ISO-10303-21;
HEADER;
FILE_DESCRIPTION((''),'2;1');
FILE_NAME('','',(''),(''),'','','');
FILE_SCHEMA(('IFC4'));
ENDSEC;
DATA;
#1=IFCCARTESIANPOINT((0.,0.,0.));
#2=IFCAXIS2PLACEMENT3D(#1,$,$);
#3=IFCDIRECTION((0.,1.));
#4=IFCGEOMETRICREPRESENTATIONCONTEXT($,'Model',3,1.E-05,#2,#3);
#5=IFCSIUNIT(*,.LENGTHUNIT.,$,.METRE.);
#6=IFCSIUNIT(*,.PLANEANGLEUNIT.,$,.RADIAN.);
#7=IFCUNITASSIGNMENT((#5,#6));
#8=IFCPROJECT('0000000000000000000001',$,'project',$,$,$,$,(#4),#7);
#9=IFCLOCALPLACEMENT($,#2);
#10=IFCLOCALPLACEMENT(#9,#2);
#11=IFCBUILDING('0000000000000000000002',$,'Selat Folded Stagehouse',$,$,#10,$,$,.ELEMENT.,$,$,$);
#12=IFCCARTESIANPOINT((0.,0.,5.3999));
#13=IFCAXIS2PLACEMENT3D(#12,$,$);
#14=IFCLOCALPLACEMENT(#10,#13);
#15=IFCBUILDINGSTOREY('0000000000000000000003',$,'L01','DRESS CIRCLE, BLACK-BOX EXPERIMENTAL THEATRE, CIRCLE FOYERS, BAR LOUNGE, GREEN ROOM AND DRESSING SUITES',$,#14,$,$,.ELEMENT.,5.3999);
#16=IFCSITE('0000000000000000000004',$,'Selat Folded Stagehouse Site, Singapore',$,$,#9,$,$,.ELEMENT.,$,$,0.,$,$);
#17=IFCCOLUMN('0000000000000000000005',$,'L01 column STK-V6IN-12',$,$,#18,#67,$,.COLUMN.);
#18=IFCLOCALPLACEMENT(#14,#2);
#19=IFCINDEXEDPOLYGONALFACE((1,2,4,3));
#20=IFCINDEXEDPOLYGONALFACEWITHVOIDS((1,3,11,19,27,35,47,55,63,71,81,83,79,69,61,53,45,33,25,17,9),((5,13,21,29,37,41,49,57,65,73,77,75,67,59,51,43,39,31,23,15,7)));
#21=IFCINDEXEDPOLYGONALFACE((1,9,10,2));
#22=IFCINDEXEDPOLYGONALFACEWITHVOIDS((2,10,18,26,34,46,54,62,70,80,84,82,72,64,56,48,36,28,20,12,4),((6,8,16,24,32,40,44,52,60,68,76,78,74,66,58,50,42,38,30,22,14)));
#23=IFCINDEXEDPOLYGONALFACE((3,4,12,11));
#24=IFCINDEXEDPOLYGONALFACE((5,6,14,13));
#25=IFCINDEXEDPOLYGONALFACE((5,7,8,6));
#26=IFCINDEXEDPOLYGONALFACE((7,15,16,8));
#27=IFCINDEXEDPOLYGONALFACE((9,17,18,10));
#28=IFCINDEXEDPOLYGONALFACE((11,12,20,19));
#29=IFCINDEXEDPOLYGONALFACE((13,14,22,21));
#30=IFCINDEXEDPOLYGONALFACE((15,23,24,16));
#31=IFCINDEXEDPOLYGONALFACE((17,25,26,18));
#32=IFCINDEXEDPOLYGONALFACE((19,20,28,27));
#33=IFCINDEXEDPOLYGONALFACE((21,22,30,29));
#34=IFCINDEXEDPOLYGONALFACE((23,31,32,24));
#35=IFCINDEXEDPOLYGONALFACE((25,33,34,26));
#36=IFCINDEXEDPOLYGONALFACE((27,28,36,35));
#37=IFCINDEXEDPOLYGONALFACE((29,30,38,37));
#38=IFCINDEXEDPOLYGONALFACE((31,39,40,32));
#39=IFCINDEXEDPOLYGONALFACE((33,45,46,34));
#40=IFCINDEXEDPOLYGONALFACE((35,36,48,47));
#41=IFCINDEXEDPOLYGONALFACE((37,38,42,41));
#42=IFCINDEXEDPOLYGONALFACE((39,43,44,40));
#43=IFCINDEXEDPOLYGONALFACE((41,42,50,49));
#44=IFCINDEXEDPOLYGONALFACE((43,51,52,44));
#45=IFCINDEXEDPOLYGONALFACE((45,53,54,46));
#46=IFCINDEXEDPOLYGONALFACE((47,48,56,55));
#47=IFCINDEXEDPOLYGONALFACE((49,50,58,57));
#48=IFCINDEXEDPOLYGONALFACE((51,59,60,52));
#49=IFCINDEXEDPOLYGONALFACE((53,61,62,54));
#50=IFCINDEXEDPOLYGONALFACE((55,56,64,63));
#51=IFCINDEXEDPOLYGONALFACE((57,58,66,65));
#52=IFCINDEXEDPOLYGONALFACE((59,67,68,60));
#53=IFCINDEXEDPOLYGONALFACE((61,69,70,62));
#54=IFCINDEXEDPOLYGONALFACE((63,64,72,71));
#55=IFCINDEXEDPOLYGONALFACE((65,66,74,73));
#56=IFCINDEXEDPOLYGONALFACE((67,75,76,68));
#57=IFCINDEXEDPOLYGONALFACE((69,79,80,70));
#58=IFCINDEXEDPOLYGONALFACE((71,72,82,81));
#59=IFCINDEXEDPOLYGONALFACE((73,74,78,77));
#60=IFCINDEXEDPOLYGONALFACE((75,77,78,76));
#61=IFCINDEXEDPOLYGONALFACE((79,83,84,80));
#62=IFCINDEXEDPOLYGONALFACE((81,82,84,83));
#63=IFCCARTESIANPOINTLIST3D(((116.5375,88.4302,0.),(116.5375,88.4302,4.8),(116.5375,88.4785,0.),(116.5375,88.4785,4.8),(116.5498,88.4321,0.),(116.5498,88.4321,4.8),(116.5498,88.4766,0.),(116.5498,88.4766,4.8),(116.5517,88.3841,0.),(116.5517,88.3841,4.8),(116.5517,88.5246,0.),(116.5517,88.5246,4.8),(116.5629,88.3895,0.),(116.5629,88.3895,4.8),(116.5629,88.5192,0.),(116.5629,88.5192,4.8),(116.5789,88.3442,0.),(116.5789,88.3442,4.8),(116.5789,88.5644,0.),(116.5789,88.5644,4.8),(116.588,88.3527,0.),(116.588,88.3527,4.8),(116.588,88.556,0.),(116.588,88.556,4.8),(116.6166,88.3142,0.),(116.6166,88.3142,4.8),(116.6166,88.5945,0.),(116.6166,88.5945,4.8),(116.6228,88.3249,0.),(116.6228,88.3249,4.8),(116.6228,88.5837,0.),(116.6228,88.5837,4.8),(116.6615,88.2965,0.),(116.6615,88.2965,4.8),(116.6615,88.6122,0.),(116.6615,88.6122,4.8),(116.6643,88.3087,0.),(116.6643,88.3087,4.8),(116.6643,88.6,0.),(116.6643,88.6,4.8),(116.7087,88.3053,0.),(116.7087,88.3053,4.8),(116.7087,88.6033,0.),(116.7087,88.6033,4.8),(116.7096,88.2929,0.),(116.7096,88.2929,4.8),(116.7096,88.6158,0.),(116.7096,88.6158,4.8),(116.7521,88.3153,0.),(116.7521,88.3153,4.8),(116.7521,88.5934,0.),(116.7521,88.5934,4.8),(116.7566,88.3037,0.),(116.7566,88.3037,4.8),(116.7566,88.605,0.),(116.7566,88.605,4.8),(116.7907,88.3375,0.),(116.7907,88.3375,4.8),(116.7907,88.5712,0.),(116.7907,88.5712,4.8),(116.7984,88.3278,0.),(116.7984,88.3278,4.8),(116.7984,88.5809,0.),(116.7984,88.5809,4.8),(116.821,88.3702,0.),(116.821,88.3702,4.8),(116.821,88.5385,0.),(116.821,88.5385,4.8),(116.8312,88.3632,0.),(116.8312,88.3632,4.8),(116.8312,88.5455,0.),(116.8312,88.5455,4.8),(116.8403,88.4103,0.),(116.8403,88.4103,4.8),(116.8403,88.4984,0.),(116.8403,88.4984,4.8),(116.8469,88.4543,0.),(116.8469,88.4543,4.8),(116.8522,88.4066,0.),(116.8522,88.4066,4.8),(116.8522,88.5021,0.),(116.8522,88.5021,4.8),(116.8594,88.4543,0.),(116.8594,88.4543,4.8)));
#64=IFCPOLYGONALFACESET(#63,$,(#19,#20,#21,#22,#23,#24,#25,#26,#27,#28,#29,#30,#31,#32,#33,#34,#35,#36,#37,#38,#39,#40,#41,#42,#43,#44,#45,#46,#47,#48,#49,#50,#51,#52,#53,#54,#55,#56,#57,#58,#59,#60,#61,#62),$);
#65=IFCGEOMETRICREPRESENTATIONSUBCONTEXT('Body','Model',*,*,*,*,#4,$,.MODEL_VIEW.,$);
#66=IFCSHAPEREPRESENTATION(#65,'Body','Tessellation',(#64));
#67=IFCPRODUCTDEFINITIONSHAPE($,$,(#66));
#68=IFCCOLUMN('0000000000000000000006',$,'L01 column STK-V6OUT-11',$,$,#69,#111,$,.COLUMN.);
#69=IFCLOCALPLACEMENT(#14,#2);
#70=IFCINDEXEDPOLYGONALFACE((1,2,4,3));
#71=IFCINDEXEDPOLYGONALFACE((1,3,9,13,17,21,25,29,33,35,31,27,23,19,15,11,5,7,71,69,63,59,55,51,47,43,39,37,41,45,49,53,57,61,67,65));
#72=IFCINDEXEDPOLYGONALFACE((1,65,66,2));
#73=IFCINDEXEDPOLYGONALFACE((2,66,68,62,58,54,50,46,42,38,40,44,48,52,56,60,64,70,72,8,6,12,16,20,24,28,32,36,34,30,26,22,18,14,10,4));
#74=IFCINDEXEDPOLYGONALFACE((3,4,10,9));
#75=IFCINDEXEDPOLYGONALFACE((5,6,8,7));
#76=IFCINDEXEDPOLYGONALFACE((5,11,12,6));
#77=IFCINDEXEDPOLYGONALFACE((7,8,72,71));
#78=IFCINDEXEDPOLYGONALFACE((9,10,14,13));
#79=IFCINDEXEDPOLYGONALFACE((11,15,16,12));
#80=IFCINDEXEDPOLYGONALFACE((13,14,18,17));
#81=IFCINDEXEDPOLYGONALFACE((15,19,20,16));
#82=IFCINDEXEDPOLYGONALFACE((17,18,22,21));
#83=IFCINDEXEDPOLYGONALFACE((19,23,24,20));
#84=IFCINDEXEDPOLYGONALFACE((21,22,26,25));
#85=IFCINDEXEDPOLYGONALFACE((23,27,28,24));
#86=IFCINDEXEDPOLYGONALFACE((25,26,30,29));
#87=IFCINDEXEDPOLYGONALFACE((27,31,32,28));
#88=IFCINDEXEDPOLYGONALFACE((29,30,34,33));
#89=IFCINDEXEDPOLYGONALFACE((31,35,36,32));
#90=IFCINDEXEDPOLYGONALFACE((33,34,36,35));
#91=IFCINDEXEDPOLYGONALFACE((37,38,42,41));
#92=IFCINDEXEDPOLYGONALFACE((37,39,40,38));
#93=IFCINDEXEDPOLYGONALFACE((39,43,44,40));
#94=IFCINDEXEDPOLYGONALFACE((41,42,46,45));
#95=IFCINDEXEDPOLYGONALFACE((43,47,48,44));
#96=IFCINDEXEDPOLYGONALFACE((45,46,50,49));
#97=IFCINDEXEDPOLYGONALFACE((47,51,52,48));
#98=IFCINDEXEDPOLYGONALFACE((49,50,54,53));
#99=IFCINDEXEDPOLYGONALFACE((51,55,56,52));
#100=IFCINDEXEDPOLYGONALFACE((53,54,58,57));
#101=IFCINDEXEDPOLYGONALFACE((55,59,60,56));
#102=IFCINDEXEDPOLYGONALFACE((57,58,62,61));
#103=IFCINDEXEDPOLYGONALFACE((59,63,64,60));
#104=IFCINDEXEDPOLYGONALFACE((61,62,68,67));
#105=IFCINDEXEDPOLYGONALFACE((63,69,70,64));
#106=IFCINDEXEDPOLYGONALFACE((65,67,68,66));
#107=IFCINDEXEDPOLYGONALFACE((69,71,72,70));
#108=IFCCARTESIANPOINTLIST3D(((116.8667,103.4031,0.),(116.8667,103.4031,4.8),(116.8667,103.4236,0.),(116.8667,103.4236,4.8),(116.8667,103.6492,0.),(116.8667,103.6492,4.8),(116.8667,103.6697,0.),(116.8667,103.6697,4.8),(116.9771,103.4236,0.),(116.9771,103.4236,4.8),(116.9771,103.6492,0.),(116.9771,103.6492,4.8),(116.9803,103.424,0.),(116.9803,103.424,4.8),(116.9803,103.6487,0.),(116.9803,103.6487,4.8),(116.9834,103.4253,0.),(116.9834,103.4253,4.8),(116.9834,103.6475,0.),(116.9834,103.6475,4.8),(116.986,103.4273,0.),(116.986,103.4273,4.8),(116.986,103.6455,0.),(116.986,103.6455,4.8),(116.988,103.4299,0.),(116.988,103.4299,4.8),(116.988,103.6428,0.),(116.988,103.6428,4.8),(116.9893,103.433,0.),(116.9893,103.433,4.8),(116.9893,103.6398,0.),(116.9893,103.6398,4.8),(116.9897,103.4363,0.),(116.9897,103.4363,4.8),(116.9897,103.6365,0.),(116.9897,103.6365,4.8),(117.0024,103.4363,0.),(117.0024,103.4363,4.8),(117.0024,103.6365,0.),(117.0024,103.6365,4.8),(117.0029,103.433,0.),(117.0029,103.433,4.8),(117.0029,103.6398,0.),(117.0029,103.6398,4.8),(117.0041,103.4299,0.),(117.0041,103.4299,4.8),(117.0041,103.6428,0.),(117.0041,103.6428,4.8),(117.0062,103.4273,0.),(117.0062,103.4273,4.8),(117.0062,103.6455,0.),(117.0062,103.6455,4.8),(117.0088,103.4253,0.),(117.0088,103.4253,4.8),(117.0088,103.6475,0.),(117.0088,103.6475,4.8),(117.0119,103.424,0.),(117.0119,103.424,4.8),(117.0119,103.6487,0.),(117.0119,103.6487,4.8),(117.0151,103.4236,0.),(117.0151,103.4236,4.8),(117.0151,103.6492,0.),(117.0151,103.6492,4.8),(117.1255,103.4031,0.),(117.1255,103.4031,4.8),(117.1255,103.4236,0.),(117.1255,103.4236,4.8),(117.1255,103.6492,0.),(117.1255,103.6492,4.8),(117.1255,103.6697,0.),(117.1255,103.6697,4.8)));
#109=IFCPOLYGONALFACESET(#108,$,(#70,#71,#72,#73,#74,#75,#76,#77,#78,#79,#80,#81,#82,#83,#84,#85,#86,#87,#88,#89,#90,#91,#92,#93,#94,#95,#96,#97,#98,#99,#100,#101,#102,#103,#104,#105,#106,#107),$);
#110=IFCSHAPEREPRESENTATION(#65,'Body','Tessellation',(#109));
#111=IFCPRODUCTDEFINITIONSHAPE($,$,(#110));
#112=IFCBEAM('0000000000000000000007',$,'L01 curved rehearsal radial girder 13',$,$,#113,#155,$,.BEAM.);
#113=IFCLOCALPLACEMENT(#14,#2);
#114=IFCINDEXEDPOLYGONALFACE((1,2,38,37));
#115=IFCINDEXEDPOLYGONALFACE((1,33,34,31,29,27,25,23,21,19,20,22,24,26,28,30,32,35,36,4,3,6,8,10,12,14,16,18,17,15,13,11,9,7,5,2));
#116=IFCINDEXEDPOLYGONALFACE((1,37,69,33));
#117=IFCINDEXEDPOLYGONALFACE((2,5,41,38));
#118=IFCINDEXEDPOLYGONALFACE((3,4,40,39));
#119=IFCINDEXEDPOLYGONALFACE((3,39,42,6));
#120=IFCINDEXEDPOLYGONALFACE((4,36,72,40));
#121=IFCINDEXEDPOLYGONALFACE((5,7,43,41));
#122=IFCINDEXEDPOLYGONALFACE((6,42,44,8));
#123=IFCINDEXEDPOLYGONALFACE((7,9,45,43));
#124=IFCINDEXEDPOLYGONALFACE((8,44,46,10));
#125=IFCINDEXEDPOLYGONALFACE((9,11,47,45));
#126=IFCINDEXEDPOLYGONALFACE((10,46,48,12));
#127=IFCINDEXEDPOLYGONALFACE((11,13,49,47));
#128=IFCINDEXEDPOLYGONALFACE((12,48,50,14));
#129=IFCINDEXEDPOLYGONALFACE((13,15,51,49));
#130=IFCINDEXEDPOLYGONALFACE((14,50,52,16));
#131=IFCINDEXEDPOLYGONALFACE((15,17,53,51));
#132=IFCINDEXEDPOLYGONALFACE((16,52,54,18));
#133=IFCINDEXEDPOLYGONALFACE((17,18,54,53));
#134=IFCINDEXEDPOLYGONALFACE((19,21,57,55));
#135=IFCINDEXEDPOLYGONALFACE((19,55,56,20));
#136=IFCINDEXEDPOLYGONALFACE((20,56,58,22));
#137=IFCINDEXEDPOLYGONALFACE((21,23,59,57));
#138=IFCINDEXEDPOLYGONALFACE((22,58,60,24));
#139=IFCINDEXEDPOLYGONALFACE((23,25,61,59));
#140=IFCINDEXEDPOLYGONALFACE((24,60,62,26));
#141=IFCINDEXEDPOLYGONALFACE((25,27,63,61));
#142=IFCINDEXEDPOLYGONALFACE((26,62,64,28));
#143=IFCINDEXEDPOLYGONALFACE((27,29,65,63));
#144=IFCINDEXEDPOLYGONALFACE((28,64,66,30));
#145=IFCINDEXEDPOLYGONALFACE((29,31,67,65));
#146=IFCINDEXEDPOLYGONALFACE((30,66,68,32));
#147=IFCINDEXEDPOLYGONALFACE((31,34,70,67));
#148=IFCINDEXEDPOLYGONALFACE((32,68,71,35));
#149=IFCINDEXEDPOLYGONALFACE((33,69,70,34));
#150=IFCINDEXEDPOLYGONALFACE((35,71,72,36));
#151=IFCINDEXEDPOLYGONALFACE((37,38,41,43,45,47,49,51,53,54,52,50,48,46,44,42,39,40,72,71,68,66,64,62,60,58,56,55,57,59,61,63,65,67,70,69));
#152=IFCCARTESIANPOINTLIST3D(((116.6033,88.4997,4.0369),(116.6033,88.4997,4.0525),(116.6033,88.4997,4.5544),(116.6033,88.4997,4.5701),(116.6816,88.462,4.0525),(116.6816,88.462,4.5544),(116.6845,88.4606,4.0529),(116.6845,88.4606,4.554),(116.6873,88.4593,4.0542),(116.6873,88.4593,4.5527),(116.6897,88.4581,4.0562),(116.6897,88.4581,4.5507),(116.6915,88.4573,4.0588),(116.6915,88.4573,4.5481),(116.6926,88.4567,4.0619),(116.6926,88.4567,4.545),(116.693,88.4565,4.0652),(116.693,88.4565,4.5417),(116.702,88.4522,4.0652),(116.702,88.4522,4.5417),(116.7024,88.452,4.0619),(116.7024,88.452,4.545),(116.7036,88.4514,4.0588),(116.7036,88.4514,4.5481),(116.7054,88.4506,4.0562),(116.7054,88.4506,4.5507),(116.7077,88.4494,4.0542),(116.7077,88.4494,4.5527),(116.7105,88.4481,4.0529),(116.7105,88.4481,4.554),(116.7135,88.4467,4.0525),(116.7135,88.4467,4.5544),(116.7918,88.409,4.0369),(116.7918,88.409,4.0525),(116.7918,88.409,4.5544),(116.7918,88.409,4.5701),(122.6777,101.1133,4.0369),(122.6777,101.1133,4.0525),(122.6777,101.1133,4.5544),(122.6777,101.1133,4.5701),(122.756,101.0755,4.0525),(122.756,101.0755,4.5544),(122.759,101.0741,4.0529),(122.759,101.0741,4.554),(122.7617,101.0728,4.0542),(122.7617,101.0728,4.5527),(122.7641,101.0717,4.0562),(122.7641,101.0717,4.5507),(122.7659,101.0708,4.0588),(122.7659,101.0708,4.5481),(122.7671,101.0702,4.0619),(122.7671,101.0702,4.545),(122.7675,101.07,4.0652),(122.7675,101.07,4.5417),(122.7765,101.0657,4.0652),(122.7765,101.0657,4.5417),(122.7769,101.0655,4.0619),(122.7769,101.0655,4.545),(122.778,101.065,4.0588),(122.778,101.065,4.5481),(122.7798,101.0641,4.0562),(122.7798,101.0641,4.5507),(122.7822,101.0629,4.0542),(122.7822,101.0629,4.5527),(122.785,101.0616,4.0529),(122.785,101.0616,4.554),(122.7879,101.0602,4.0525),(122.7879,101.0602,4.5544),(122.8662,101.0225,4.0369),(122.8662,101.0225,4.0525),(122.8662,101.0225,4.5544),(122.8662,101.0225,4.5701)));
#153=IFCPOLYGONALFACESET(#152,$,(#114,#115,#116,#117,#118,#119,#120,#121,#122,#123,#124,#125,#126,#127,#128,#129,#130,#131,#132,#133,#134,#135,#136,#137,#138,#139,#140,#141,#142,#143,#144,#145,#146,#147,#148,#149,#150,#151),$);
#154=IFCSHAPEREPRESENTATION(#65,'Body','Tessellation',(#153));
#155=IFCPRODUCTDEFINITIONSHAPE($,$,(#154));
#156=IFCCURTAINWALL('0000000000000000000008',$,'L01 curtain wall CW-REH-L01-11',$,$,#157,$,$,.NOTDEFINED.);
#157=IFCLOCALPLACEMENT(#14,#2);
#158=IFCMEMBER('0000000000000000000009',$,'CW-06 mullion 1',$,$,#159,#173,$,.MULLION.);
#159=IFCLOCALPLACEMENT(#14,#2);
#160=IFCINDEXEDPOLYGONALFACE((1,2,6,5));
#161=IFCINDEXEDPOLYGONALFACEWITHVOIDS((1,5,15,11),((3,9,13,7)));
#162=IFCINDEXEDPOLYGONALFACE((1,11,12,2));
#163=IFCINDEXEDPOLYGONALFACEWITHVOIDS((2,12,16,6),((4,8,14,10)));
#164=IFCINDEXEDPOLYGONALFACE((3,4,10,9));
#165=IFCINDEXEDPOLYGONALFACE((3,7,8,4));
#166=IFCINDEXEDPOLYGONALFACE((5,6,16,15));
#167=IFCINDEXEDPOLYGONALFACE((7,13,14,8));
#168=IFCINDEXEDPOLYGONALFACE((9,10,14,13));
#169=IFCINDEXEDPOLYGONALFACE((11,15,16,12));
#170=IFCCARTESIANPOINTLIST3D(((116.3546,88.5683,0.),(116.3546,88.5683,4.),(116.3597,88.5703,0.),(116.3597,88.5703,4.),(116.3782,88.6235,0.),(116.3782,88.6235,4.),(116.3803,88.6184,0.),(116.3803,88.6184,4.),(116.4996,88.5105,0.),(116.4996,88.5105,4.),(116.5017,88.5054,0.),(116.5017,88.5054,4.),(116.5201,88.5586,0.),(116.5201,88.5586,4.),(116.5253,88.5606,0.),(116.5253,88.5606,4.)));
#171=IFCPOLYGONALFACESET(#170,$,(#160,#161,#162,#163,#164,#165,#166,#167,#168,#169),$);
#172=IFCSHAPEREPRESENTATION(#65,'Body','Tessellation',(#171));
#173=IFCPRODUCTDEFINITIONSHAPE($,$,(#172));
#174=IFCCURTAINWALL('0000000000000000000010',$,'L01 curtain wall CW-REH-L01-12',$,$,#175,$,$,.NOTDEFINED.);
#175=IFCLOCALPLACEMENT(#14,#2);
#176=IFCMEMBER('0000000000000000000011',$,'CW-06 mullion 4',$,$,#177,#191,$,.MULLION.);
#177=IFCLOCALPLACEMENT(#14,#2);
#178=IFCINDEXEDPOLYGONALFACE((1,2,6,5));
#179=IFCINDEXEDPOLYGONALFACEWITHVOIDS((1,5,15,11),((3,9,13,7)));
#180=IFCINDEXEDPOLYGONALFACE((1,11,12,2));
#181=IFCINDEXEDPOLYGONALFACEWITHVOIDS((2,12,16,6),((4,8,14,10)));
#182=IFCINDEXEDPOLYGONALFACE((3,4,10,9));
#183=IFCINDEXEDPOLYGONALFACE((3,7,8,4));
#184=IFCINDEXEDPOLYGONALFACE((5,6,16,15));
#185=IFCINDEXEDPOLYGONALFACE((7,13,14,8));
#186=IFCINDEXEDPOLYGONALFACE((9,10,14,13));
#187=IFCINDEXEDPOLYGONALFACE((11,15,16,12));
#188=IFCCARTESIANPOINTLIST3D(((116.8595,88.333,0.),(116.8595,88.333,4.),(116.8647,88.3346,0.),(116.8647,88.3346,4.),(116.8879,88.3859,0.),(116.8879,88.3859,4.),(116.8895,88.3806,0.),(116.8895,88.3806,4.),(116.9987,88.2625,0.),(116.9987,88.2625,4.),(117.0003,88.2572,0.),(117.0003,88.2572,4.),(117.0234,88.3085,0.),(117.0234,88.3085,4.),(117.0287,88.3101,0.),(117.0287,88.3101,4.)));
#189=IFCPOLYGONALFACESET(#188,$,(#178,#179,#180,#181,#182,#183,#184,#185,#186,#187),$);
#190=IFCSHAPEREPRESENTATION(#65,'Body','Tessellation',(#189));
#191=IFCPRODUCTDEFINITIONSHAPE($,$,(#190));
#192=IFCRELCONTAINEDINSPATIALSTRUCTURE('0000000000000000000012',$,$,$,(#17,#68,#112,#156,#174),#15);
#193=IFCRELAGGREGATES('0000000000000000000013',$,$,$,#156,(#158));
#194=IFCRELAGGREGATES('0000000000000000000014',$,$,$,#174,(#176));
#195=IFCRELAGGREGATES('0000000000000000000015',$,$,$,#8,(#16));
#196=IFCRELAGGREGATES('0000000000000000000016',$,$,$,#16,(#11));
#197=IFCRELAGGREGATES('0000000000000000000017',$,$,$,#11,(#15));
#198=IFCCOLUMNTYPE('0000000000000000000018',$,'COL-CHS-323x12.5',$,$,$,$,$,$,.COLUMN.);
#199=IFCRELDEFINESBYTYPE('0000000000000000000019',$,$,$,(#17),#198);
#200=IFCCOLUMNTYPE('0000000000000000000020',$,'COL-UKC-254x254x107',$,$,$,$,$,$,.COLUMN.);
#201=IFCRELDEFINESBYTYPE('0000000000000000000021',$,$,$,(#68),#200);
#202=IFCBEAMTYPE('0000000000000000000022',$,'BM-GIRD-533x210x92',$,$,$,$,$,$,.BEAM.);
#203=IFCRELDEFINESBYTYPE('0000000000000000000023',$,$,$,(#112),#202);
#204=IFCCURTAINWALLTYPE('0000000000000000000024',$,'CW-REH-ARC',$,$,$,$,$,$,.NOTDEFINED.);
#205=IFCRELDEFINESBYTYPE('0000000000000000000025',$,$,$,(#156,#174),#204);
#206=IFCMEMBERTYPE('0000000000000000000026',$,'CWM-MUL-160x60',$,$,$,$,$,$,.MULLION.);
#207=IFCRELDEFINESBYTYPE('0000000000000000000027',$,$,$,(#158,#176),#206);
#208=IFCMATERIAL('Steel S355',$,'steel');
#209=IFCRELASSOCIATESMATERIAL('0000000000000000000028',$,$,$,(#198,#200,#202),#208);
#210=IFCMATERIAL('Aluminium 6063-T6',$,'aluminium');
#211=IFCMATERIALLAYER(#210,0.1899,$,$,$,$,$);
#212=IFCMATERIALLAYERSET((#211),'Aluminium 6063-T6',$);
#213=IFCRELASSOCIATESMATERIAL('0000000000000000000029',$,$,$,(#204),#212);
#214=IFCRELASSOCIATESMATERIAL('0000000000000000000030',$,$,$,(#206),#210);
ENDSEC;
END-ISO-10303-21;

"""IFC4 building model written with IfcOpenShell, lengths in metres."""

from ifc_helpers import new_model, si_unit, direction, frame, origin, origin_2d, place, context, subcontext, project, spatial, hollow_rectangle, hollow_circle, i_section, extrude, material, layer, layer_set, material_profile, profile_set, type_object, element, aggregate, save


model = new_model("IFC4")

# Units and contexts
model_context = context("Model", 3, precision=1e-05, world=origin(), true_north=direction((0.0, 1.0)))
body_context = subcontext(model_context, "Body", "Model", "MODEL_VIEW")
ifc_project = project(units=[si_unit("LENGTHUNIT", "METRE"), si_unit("PLANEANGLEUNIT", "RADIAN")], contexts=[model_context])

# Site, building, storey
site_placement = place(None, origin())
site = spatial("IfcSite", under=ifc_project, at=site_placement, Name="Selat Folded Stagehouse Site, Singapore", CompositionType="ELEMENT", RefElevation=0.0)
building_placement = place(site_placement, origin())
building = spatial("IfcBuilding", under=site, at=building_placement, Name="Selat Folded Stagehouse", CompositionType="ELEMENT")
storey_placement = place(building_placement, frame((0.0, 0.0, 5.3999)))
storey = spatial("IfcBuildingStorey", under=building, at=storey_placement, Name="L01", Description="DRESS CIRCLE, BLACK-BOX EXPERIMENTAL THEATRE, CIRCLE FOYERS, BAR LOUNGE, GREEN ROOM AND DRESSING SUITES", CompositionType="ELEMENT", Elevation=5.3999)

# Columns
ifc_material_1 = material(Name="Steel S355", Category="steel")
ifc_material_profile_1 = material_profile(ifc_material_1, hollow_circle(Radius=0.1619, WallThickness=0.0125, at=origin_2d()), Name="CHS 323.9x12.5")
ifc_profile_set_1 = profile_set([ifc_material_profile_1], Name="Steel S355")
column_type_1 = type_object("IfcColumnType", Name="COL-CHS-323x12.5", PredefinedType="COLUMN", material=ifc_profile_set_1)
column_1_placement = place(storey_placement, frame((116.6975, 88.4543, 0.0), z_axis=(0.0, 0.0, 1.0), x_axis=(1.0, 0.0, 0.0)))
element("IfcColumn", 1, at=column_1_placement, inside=storey, type_object=column_type_1, Name="L01 column STK-V6IN-12", PredefinedType="COLUMN", context=body_context, shape_type="SweptSolid", body=[
    extrude(hollow_circle(Radius=0.1619, WallThickness=0.0125, at=origin_2d()), origin(), (0.0, 0.0, 1.0), 4.8),
])
ifc_material_profile_2 = material_profile(ifc_material_1, i_section(OverallWidth=0.2588, OverallDepth=0.2666, WebThickness=0.0127, FlangeThickness=0.0205, FilletRadius=0.0127, at=origin_2d()), Name="UKC 254x254x107")
ifc_profile_set_2 = profile_set([ifc_material_profile_2], Name="Steel S355")
column_type_2 = type_object("IfcColumnType", Name="COL-UKC-254x254x107", PredefinedType="COLUMN", material=ifc_profile_set_2)
column_2_placement = place(storey_placement, frame((116.9961, 103.5364, 0.0), z_axis=(0.0, 0.0, 1.0), x_axis=(1.0, 0.0, 0.0)))
element("IfcColumn", 2, at=column_2_placement, inside=storey, type_object=column_type_2, Name="L01 column STK-V6OUT-11", PredefinedType="COLUMN", context=body_context, shape_type="SweptSolid", body=[
    extrude(i_section(OverallWidth=0.2588, OverallDepth=0.2666, WebThickness=0.0127, FlangeThickness=0.0205, FilletRadius=0.0127, at=origin_2d()), origin(), (0.0, 0.0, 1.0), 4.8),
])

# Beam
ifc_material_profile_3 = material_profile(ifc_material_1, i_section(OverallWidth=0.2092, OverallDepth=0.5332, WebThickness=0.01, FlangeThickness=0.0156, FilletRadius=0.0127, at=origin_2d()), Name="UKB 533x210x92")
ifc_profile_set_3 = profile_set([ifc_material_profile_3], Name="Steel S355")
beam_type_1 = type_object("IfcBeamType", Name="BM-GIRD-533x210x92", PredefinedType="BEAM", material=ifc_profile_set_3)
beam_1_placement = place(storey_placement, frame((116.6975, 88.4543, 4.3035), z_axis=(0.43389, 0.900966, 0.0), x_axis=(-0.900966, 0.43389, 0.0)))
element("IfcBeam", 3, at=beam_1_placement, inside=storey, type_object=beam_type_1, Name="L01 curved rehearsal radial girder 13", PredefinedType="BEAM", context=body_context, shape_type="SweptSolid", body=[
    extrude(i_section(OverallWidth=0.2092, OverallDepth=0.5332, WebThickness=0.01, FlangeThickness=0.0156, FilletRadius=0.0127, at=origin_2d()), origin(), (0.0, 0.0, 1.0), 14.0),
])

# Curtain walls, members
ifc_material_2 = material(Name="Aluminium 6063-T6", Category="aluminium")
ifc_layer_1 = layer(ifc_material_2, 0.1899)
ifc_layer_set_1 = layer_set([ifc_layer_1], Name="Aluminium 6063-T6")
curtain_wall_type = type_object("IfcCurtainWallType", Name="CW-REH-ARC", PredefinedType="NOTDEFINED", material=ifc_layer_set_1)
curtain_wall_1_placement = place(storey_placement, origin())
curtain_wall_1 = element("IfcCurtainWall", 4, at=curtain_wall_1_placement, inside=storey, type_object=curtain_wall_type, Name="L01 curtain wall CW-REH-L01-11", PredefinedType="NOTDEFINED")
ifc_material_profile_4 = material_profile(ifc_material_2, hollow_rectangle(XDim=0.0601, YDim=0.1599, WallThickness=0.0039, at=origin_2d()), Name="ALU 160x60x4.0")
ifc_profile_set_4 = profile_set([ifc_material_profile_4], Name="Aluminium 6063-T6")
member_type_1 = type_object("IfcMemberType", Name="CWM-MUL-160x60", PredefinedType="MULLION", material=ifc_profile_set_4)
member_1_placement = place(storey_placement, frame((116.4399, 88.5645, 0.0), z_axis=(0.0, 0.0, 1.0), x_axis=(-0.393012, -0.919533, 0.0)))
member_1 = element("IfcMember", 5, at=member_1_placement, type_object=member_type_1, Name="CW-06 mullion 1", PredefinedType="MULLION", context=body_context, shape_type="SweptSolid", body=[
    extrude(hollow_rectangle(XDim=0.0601, YDim=0.1599, WallThickness=0.0039, at=origin_2d()), origin(), (0.0, 0.0, 1.0), 4.0),
])
curtain_wall_2_placement = place(storey_placement, origin())
curtain_wall_2 = element("IfcCurtainWall", 6, at=curtain_wall_2_placement, inside=storey, type_object=curtain_wall_type, Name="L01 curtain wall CW-REH-L01-12", PredefinedType="NOTDEFINED")
member_2_placement = place(storey_placement, frame((116.9441, 88.3215, 0.0), z_axis=(0.0, 0.0, 1.0), x_axis=(-0.473859, -0.880601, 0.0)))
member_2 = element("IfcMember", 7, at=member_2_placement, type_object=member_type_1, Name="CW-06 mullion 4", PredefinedType="MULLION", context=body_context, shape_type="SweptSolid", body=[
    extrude(hollow_rectangle(XDim=0.0601, YDim=0.1599, WallThickness=0.0039, at=origin_2d()), origin(), (0.0, 0.0, 1.0), 4.0),
])

aggregate(curtain_wall_1, [member_1])
aggregate(curtain_wall_2, [member_2])

save(model, "model.ifc")
